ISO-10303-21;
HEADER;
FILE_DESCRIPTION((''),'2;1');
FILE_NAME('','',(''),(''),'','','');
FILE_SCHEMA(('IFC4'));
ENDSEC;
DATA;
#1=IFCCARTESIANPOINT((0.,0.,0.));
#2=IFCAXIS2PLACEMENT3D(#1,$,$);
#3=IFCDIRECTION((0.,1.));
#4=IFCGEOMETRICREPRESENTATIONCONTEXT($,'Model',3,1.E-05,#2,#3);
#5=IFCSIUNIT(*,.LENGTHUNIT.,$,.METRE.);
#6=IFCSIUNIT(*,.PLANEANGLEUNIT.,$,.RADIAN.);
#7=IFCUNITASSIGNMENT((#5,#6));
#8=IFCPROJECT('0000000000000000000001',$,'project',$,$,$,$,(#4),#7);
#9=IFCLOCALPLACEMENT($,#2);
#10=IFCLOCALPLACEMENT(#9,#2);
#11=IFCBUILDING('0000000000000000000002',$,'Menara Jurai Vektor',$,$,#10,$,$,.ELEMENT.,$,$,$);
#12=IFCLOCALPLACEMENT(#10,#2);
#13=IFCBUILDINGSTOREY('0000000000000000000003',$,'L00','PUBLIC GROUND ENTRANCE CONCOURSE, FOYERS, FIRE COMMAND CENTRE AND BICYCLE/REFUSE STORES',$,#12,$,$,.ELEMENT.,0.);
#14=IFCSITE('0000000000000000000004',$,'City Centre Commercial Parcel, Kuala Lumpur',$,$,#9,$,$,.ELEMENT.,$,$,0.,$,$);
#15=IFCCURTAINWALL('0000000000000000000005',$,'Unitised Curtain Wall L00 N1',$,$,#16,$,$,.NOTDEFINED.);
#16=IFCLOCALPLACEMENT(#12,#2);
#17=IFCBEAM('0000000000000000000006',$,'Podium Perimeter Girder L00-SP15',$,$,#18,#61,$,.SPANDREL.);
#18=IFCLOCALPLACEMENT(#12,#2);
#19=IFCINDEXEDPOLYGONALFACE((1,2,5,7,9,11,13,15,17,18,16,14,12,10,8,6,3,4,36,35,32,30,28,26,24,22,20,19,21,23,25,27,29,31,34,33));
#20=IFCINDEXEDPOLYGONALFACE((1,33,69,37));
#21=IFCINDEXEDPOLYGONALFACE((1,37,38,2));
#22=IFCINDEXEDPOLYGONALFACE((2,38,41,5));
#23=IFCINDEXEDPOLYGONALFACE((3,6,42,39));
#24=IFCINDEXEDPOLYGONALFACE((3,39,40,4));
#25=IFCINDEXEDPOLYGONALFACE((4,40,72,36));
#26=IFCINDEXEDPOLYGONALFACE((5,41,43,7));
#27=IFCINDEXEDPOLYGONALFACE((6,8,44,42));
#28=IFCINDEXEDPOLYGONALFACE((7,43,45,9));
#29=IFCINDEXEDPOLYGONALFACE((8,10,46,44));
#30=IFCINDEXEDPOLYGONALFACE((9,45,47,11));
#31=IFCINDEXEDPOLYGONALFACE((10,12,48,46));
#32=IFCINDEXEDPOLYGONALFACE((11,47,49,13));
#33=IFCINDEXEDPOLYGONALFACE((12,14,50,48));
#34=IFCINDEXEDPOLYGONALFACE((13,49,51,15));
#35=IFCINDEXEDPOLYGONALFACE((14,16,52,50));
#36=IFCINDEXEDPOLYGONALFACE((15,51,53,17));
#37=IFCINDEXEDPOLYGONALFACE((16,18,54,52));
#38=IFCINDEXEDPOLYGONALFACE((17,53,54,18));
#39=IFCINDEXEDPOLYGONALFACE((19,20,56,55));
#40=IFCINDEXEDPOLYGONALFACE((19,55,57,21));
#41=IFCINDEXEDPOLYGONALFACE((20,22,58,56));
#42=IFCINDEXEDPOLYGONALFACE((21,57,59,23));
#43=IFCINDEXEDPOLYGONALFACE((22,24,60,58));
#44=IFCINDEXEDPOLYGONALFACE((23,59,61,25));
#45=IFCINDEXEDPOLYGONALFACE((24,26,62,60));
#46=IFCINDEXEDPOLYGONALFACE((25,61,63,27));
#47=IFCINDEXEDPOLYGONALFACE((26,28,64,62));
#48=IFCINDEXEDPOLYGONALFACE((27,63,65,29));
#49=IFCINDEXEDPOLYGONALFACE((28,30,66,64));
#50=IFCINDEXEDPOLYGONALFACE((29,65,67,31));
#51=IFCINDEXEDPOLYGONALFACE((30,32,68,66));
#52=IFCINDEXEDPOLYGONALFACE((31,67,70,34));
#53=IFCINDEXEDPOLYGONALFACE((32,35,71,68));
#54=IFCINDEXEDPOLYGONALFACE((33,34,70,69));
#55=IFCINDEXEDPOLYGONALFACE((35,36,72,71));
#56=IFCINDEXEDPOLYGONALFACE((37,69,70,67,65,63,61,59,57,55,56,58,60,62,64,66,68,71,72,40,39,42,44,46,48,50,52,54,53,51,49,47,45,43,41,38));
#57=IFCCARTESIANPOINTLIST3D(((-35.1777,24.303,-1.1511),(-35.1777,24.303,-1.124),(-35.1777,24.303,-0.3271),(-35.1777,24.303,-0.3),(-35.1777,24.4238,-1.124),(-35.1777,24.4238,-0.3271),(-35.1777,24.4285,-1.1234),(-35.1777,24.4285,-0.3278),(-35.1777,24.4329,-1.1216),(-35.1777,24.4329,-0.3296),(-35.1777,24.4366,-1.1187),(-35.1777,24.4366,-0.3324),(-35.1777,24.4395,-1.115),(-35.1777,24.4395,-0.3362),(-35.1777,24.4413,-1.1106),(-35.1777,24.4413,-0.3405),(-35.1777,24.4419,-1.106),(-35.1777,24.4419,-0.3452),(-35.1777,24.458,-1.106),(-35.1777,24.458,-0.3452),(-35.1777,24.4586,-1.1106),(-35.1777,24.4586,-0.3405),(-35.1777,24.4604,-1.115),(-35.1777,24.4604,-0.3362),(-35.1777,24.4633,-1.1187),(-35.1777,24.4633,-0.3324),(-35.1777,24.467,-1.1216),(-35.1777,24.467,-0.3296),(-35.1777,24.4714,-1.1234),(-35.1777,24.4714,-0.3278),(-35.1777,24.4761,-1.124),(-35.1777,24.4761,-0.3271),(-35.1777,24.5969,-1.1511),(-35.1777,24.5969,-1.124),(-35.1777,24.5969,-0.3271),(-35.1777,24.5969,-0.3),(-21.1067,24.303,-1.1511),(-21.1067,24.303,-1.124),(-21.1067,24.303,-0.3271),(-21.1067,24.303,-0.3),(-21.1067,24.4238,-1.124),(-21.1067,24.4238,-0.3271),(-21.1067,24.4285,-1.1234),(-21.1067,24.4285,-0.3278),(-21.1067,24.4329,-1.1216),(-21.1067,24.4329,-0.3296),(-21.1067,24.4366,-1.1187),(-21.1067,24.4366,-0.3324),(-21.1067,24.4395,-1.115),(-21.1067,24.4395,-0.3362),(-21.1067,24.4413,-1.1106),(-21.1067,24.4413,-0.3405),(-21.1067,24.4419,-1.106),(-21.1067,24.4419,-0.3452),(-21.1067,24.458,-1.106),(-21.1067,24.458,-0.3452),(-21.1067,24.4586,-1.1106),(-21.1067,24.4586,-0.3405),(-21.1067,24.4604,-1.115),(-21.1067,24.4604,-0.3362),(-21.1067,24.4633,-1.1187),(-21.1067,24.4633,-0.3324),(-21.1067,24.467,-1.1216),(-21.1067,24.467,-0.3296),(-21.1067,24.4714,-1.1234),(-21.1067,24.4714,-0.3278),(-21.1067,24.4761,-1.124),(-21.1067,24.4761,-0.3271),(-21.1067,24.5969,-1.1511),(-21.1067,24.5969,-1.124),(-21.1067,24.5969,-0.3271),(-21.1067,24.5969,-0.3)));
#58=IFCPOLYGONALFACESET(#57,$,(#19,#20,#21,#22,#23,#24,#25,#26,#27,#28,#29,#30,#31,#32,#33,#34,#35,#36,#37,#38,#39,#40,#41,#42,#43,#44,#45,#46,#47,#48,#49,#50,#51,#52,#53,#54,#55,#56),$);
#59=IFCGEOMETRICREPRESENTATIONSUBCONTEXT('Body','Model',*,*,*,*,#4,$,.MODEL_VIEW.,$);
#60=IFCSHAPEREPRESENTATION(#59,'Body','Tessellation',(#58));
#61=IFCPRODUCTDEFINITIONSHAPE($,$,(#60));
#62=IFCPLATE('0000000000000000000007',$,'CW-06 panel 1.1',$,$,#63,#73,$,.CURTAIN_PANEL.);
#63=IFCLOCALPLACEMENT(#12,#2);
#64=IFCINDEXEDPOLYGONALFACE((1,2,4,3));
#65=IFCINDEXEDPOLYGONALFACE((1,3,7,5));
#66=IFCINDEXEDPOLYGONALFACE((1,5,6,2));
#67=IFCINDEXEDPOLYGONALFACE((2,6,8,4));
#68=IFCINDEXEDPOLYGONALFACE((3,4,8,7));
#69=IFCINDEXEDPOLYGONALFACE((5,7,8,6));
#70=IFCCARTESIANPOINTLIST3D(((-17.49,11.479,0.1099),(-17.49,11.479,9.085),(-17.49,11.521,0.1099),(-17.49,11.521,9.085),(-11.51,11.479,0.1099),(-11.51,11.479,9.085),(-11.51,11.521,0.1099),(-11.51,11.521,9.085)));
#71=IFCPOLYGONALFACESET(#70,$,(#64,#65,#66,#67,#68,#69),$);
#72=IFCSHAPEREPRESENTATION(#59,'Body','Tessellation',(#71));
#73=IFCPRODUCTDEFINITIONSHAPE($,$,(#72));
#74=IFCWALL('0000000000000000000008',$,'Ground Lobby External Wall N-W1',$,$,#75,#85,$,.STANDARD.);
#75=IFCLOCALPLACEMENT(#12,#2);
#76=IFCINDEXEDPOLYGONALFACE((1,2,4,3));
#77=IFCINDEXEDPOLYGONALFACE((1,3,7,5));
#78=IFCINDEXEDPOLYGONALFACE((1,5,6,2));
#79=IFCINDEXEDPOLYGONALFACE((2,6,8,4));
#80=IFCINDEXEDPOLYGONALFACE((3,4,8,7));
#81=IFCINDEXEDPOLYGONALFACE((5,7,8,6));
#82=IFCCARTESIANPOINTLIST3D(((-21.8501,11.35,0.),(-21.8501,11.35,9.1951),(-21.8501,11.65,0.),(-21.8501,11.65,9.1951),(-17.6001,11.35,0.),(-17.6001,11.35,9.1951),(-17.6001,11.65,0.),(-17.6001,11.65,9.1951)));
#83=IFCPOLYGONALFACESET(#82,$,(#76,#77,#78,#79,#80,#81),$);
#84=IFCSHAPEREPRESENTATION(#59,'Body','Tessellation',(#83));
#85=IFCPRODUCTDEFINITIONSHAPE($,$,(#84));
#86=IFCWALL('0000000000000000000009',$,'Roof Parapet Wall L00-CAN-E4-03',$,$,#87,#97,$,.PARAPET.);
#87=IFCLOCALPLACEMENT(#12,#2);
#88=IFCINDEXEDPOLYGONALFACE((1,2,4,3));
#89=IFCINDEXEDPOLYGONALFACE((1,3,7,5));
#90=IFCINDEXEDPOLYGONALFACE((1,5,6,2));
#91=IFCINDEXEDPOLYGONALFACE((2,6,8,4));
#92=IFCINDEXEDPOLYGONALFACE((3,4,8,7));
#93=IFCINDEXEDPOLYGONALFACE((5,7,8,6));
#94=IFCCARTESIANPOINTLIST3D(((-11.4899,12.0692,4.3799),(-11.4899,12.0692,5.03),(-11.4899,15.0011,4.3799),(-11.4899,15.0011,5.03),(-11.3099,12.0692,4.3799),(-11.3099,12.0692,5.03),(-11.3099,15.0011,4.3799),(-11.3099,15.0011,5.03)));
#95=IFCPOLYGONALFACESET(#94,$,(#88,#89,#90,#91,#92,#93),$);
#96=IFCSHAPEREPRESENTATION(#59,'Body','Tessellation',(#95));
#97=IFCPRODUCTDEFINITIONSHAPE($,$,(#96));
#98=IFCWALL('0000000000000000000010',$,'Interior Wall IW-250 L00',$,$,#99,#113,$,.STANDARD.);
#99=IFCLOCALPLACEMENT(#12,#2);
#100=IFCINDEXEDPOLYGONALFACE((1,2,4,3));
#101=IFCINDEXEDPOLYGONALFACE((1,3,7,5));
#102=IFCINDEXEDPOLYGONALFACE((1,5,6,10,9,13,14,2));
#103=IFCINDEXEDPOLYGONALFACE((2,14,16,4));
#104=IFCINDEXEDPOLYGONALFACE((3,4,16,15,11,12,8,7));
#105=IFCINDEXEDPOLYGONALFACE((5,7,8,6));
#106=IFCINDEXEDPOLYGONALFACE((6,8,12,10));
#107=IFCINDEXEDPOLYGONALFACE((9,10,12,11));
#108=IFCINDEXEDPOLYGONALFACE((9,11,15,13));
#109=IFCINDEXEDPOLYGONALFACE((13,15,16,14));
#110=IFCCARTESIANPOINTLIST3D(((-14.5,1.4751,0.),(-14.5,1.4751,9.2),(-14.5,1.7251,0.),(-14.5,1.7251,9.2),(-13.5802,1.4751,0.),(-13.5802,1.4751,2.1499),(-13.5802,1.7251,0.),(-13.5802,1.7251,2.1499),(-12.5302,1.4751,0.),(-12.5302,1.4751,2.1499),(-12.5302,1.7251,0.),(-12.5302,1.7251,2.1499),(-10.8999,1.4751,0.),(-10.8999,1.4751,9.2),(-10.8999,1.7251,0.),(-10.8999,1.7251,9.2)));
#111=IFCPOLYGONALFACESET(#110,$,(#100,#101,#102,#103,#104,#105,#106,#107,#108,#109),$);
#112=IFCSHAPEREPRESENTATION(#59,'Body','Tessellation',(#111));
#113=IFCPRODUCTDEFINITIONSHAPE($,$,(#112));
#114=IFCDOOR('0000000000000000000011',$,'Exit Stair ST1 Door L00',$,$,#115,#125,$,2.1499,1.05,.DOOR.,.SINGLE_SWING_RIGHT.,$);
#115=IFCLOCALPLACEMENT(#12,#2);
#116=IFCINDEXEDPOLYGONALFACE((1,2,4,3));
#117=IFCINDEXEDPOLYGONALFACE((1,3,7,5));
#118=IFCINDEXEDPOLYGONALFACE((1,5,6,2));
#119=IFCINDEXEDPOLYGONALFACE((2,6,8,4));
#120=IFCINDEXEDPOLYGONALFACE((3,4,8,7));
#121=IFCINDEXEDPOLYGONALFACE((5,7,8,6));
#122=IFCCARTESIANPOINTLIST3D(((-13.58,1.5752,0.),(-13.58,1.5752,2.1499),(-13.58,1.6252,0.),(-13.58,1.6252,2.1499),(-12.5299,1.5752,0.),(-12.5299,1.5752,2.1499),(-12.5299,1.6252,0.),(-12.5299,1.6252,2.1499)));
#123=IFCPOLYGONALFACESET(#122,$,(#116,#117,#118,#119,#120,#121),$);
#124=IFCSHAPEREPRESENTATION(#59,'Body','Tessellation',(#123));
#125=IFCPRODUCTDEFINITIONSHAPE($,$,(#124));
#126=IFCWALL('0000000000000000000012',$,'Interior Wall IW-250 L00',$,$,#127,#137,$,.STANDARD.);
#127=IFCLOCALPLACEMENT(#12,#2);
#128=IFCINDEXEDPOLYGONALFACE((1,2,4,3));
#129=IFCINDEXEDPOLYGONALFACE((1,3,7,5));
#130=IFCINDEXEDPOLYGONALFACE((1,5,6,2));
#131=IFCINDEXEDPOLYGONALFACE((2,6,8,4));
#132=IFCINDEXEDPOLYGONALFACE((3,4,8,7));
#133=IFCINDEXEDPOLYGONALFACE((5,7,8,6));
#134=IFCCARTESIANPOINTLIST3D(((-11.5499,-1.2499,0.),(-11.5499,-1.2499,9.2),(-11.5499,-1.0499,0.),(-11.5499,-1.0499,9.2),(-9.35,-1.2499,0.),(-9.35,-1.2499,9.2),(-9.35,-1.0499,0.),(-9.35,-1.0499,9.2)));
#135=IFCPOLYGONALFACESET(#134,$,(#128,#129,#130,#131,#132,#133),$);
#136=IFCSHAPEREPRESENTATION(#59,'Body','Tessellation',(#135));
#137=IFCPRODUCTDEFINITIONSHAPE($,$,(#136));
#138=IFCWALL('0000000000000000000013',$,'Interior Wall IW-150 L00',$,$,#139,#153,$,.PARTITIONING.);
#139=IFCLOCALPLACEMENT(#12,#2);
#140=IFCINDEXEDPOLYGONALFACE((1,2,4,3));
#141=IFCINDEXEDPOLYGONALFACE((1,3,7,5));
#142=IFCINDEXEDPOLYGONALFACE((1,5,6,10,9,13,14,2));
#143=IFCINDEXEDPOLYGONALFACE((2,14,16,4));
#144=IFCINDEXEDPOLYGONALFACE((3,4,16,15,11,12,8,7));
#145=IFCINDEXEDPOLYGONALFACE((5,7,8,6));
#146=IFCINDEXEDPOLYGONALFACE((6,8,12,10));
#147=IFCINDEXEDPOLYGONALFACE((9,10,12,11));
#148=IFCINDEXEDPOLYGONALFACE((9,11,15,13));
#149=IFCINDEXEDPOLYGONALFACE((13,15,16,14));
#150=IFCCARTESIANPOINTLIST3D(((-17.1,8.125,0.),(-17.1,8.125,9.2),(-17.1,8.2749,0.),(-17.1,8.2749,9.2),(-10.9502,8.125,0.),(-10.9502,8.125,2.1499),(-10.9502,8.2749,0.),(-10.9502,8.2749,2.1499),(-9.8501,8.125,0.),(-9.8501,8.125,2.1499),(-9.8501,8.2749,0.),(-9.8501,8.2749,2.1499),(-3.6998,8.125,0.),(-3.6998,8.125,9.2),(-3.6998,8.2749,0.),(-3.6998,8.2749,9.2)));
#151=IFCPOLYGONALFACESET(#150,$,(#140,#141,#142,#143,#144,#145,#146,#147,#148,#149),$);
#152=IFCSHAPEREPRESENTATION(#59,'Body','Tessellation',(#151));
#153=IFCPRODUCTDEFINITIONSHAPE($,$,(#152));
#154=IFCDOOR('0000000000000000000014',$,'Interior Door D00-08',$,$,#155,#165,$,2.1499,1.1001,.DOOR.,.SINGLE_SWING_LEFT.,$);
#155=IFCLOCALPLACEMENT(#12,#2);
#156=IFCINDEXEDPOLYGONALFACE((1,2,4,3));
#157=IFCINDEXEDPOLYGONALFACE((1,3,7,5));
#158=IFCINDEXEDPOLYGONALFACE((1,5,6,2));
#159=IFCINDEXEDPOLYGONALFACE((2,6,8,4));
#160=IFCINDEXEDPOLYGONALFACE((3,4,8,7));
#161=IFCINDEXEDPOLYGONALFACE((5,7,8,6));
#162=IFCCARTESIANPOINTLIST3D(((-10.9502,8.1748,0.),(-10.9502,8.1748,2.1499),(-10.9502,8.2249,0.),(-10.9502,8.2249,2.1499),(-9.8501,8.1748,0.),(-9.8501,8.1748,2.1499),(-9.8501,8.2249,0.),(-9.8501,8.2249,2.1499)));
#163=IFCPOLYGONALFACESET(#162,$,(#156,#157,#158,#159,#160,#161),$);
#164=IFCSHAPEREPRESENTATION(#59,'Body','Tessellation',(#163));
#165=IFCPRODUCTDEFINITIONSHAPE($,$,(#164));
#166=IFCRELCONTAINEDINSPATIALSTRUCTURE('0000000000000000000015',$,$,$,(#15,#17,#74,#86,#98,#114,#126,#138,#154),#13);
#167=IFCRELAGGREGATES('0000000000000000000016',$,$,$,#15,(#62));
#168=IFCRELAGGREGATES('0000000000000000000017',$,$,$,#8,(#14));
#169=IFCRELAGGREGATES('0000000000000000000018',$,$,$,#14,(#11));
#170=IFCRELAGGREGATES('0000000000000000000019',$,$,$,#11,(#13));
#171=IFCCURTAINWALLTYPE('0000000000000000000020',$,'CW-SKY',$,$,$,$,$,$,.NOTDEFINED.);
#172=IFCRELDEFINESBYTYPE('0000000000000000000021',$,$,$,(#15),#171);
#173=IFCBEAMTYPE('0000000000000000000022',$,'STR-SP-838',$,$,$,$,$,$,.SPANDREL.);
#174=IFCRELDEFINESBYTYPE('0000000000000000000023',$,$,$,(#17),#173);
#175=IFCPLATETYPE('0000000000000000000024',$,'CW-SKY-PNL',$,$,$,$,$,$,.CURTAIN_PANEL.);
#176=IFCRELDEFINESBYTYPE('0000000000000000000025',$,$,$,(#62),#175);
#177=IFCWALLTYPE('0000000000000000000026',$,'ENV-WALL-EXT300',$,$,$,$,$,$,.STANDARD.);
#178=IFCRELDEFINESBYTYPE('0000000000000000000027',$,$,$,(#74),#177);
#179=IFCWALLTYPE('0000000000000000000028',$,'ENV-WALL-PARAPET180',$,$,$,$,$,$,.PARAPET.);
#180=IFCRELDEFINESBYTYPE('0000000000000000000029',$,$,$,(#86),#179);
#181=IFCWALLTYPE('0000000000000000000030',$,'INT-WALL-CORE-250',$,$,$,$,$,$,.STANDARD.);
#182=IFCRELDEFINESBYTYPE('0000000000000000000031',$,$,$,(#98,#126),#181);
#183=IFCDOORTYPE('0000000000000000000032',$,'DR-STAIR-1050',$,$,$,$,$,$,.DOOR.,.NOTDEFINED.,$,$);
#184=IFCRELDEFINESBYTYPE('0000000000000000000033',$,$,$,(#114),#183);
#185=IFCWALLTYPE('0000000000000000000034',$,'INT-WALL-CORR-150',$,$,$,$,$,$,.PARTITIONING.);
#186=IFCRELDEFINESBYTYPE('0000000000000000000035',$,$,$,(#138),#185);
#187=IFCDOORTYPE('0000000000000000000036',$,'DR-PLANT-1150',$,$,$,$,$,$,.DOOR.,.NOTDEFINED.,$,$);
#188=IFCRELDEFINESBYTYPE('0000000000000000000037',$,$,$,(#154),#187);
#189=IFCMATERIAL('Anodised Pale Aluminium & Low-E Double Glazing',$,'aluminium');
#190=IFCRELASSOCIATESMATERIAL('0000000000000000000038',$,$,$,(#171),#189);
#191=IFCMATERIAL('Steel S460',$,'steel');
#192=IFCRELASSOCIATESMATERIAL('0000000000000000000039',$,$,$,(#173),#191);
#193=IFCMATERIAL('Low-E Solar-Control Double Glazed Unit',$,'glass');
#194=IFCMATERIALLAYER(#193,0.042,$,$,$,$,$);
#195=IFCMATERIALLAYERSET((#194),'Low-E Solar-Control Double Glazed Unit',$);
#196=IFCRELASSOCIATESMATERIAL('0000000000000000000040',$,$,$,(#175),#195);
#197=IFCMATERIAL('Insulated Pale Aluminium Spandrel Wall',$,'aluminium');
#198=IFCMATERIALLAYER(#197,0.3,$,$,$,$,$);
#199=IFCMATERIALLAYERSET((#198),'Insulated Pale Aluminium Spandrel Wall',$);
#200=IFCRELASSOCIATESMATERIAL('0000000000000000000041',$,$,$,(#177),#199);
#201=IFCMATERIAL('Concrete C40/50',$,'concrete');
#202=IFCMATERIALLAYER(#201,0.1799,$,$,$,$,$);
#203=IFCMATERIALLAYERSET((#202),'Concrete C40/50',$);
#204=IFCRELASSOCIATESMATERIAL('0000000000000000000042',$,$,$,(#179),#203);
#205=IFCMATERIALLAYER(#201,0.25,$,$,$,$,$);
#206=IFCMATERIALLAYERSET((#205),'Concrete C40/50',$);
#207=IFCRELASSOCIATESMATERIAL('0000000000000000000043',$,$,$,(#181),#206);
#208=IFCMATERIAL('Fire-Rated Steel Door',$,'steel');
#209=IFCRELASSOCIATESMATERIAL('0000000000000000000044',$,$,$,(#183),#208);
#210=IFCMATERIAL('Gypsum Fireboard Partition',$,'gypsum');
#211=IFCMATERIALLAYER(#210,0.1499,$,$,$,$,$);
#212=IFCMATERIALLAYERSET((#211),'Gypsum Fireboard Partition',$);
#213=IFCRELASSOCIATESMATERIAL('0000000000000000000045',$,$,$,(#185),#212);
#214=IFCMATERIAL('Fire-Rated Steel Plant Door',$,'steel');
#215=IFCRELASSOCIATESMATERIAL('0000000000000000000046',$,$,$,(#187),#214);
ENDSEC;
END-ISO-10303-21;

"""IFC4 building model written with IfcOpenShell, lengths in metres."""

from ifc_helpers import new_model, si_unit, direction, frame, frame_2d, origin, origin_2d, place, context, subcontext, project, spatial, rectangle, i_section, extrude, material, layer, layer_set, material_profile, profile_set, type_object, element, fill, aggregate, save


model = new_model("IFC4")

# Units and contexts
model_context = context("Model", 3, precision=1e-05, world=origin(), true_north=direction((0.0, 1.0)))
body_context = subcontext(model_context, "Body", "Model", "MODEL_VIEW")
ifc_project = project(units=[si_unit("LENGTHUNIT", "METRE"), si_unit("PLANEANGLEUNIT", "RADIAN")], contexts=[model_context])

# Site, building, storey
site_placement = place(None, origin())
site = spatial("IfcSite", under=ifc_project, at=site_placement, Name="City Centre Commercial Parcel, Kuala Lumpur", CompositionType="ELEMENT", RefElevation=0.0)
building_placement = place(site_placement, origin())
building = spatial("IfcBuilding", under=site, at=building_placement, Name="Menara Jurai Vektor", CompositionType="ELEMENT")
storey_placement = place(building_placement, origin())
storey = spatial("IfcBuildingStorey", under=building, at=storey_placement, Name="L00", Description="PUBLIC GROUND ENTRANCE CONCOURSE, FOYERS, FIRE COMMAND CENTRE AND BICYCLE/REFUSE STORES", CompositionType="ELEMENT", Elevation=0.0)

# Shared definitions
ifc_material_1 = material(Name="Steel S460", Category="steel")

# Curtain wall
ifc_material_2 = material(Name="Anodised Pale Aluminium & Low-E Double Glazing", Category="aluminium")
curtain_wall_type = type_object("IfcCurtainWallType", Name="CW-SKY", PredefinedType="NOTDEFINED", material=ifc_material_2)
curtain_wall_placement = place(storey_placement, origin())
curtain_wall = element("IfcCurtainWall", 1, at=curtain_wall_placement, inside=storey, type_object=curtain_wall_type, Name="Unitised Curtain Wall L00 N1", PredefinedType="NOTDEFINED")

# Beam
ifc_material_profile_1 = material_profile(ifc_material_1, i_section(OverallWidth=0.2939, OverallDepth=0.8511, WebThickness=0.0161, FlangeThickness=0.0271, FilletRadius=0.0181, at=origin_2d()), Name="UKB 838x292x226")
ifc_profile_set_1 = profile_set([ifc_material_profile_1], Name="Steel S460")
beam_type_1 = type_object("IfcBeamType", Name="STR-SP-838", PredefinedType="SPANDREL", material=ifc_profile_set_1)
beam_1_placement = place(storey_placement, frame((-21.1067, 24.45, -0.7256), z_axis=(-1.0, 0.0, 0.0), x_axis=(0.0, -1.0, 0.0)))
element("IfcBeam", 2, at=beam_1_placement, inside=storey, type_object=beam_type_1, Name="Podium Perimeter Girder L00-SP15", PredefinedType="SPANDREL", context=body_context, shape_type="SweptSolid", body=[
    extrude(i_section(OverallWidth=0.2939, OverallDepth=0.8511, WebThickness=0.0161, FlangeThickness=0.0271, FilletRadius=0.0181, at=origin_2d()), origin(), (0.0, 0.0, 1.0), 14.071),
])

# Plate
ifc_material_3 = material(Name="Low-E Solar-Control Double Glazed Unit", Category="glass")
ifc_layer_1 = layer(ifc_material_3, 0.042)
ifc_layer_set_1 = layer_set([ifc_layer_1], Name="Low-E Solar-Control Double Glazed Unit")
plate_type = type_object("IfcPlateType", Name="CW-SKY-PNL", PredefinedType="CURTAIN_PANEL", material=ifc_layer_set_1)
plate_placement = place(storey_placement, frame((-14.5, 11.5, 0.1099), z_axis=(0.0, 0.0, 1.0), x_axis=(1.0, 0.0, 0.0)))
plate = element("IfcPlate", 3, at=plate_placement, type_object=plate_type, Name="CW-06 panel 1.1", PredefinedType="CURTAIN_PANEL", context=body_context, shape_type="SweptSolid", body=[
    extrude(rectangle(XDim=5.98, YDim=0.042, at=origin_2d()), origin(), (0.0, 0.0, 1.0), 8.9751),
])
aggregate(curtain_wall, [plate])

# Wall
ifc_material_4 = material(Name="Insulated Pale Aluminium Spandrel Wall", Category="aluminium")
ifc_layer_2 = layer(ifc_material_4, 0.3)
ifc_layer_set_2 = layer_set([ifc_layer_2], Name="Insulated Pale Aluminium Spandrel Wall")
wall_type_1 = type_object("IfcWallType", Name="ENV-WALL-EXT300", PredefinedType="STANDARD", material=ifc_layer_set_2)
wall_1_placement = place(storey_placement, frame((-21.8501, 11.5, 0.0), z_axis=(0.0, 0.0, 1.0), x_axis=(1.0, 0.0, 0.0)))
element("IfcWall", 4, at=wall_1_placement, inside=storey, type_object=wall_type_1, Name="Ground Lobby External Wall N-W1", PredefinedType="STANDARD", context=body_context, shape_type="SweptSolid", body=[
    extrude(rectangle(XDim=4.25, YDim=0.3, at=frame_2d((2.125, 0.0))), origin(), (0.0, 0.0, 1.0), 9.1951),
])

# Wall
ifc_material_5 = material(Name="Concrete C40/50", Category="concrete")
ifc_layer_3 = layer(ifc_material_5, 0.1799)
ifc_layer_set_3 = layer_set([ifc_layer_3], Name="Concrete C40/50")
wall_type_2 = type_object("IfcWallType", Name="ENV-WALL-PARAPET180", PredefinedType="PARAPET", material=ifc_layer_set_3)
wall_2_placement = place(storey_placement, frame((-11.3999, 15.001, 4.3799), z_axis=(0.0, 0.0, 1.0), x_axis=(0.0, -1.0, 0.0)))
element("IfcWall", 5, at=wall_2_placement, inside=storey, type_object=wall_type_2, Name="Roof Parapet Wall L00-CAN-E4-03", PredefinedType="PARAPET", context=body_context, shape_type="SweptSolid", body=[
    extrude(rectangle(XDim=2.9319, YDim=0.1799, at=frame_2d((1.4658, 0.0))), origin(), (0.0, 0.0, 1.0), 0.6501),
])

# Wall, opening, door
ifc_layer_4 = layer(ifc_material_5, 0.25)
ifc_layer_set_4 = layer_set([ifc_layer_4], Name="Concrete C40/50")
wall_type_3 = type_object("IfcWallType", Name="INT-WALL-CORE-250", PredefinedType="STANDARD", material=ifc_layer_set_4)
wall_3_placement = place(storey_placement, frame((-14.5, 1.6001, 0.0), z_axis=(0.0, 0.0, 1.0), x_axis=(1.0, 0.0, 0.0)))
wall_3 = element("IfcWall", 6, at=wall_3_placement, inside=storey, type_object=wall_type_3, Name="Interior Wall IW-250 L00", PredefinedType="STANDARD", context=body_context, shape_type="SweptSolid", body=[
    extrude(rectangle(XDim=3.6001, YDim=0.25, at=frame_2d((1.8, 0.0))), origin(), (0.0, 0.0, 1.0), 9.2),
])
opening_1_placement = place(wall_3_placement, frame((0.9199, 0.0, 0.0)))
opening_1 = element("IfcOpeningElement", 7, at=opening_1_placement, cuts=wall_3, PredefinedType="OPENING", context=body_context, shape_type="SweptSolid", body=[
    extrude(rectangle(XDim=1.05, YDim=2.1499, at=frame_2d((0.5249, 1.075))), frame((0.0, 0.135, 0.0), z_axis=(0.0, -1.0, 0.0), x_axis=(1.0, 0.0, 0.0)), (0.0, 0.0, 1.0), 0.27),
])
ifc_material_6 = material(Name="Fire-Rated Steel Door", Category="steel")
door_type_1 = type_object("IfcDoorType", Name="DR-STAIR-1050", OperationType="NOTDEFINED", PredefinedType="DOOR", material=ifc_material_6)
door_1_placement = place(opening_1_placement, frame((1.05, 0.0, 0.0), z_axis=(0.0, 0.0, 1.0), x_axis=(-1.0, 0.0, 0.0)))
door_1 = element("IfcDoor", 8, at=door_1_placement, inside=storey, type_object=door_type_1, Name="Exit Stair ST1 Door L00", OperationType="SINGLE_SWING_RIGHT", OverallHeight=2.1499, OverallWidth=1.05, PredefinedType="DOOR", context=body_context, shape_type="SweptSolid", body=[
    extrude(rectangle(XDim=1.05, YDim=2.1499, at=frame_2d((0.5249, 1.075))), frame((0.0, 0.0249, 0.0), z_axis=(0.0, -1.0, 0.0), x_axis=(1.0, 0.0, 0.0)), (0.0, 0.0, 1.0), 0.05),
])
fill(opening_1, door_1)

# Wall
wall_4_placement = place(storey_placement, frame((-11.55, -1.1499, 0.0), z_axis=(0.0, 0.0, 1.0), x_axis=(1.0, 0.0, 0.0)))
element("IfcWall", 9, at=wall_4_placement, inside=storey, type_object=wall_type_3, Name="Interior Wall IW-250 L00", PredefinedType="STANDARD", context=body_context, shape_type="SweptSolid", body=[
    extrude(rectangle(XDim=2.2, YDim=0.2, at=frame_2d((1.1001, 0.0))), origin(), (0.0, 0.0, 1.0), 9.2),
])

# Wall, opening, door
ifc_material_7 = material(Name="Gypsum Fireboard Partition", Category="gypsum")
ifc_layer_5 = layer(ifc_material_7, 0.1499)
ifc_layer_set_5 = layer_set([ifc_layer_5], Name="Gypsum Fireboard Partition")
wall_type_4 = type_object("IfcWallType", Name="INT-WALL-CORR-150", PredefinedType="PARTITIONING", material=ifc_layer_set_5)
wall_5_placement = place(storey_placement, frame((-17.1001, 8.2, 0.0), z_axis=(0.0, 0.0, 1.0), x_axis=(1.0, 0.0, 0.0)))
wall_5 = element("IfcWall", 10, at=wall_5_placement, inside=storey, type_object=wall_type_4, Name="Interior Wall IW-150 L00", PredefinedType="PARTITIONING", context=body_context, shape_type="SweptSolid", body=[
    extrude(rectangle(XDim=13.4001, YDim=0.1499, at=frame_2d((6.7002, 0.0))), origin(), (0.0, 0.0, 1.0), 9.2),
])
opening_2_placement = place(wall_5_placement, frame((6.1499, 0.0, 0.0)))
opening_2 = element("IfcOpeningElement", 11, at=opening_2_placement, cuts=wall_5, PredefinedType="OPENING", context=body_context, shape_type="SweptSolid", body=[
    extrude(rectangle(XDim=1.1001, YDim=2.1499, at=frame_2d((0.55, 1.075))), frame((0.0, 0.085, 0.0), z_axis=(0.0, -1.0, 0.0), x_axis=(1.0, 0.0, 0.0)), (0.0, 0.0, 1.0), 0.1699),
])
ifc_material_8 = material(Name="Fire-Rated Steel Plant Door", Category="steel")
door_type_2 = type_object("IfcDoorType", Name="DR-PLANT-1150", OperationType="NOTDEFINED", PredefinedType="DOOR", material=ifc_material_8)
door_2_placement = place(opening_2_placement, origin())
door_2 = element("IfcDoor", 12, at=door_2_placement, inside=storey, type_object=door_type_2, Name="Interior Door D00-08", OperationType="SINGLE_SWING_LEFT", OverallHeight=2.1499, OverallWidth=1.1001, PredefinedType="DOOR", context=body_context, shape_type="SweptSolid", body=[
    extrude(rectangle(XDim=1.1001, YDim=2.1499, at=frame_2d((0.55, 1.075))), frame((0.0, 0.0249, 0.0), z_axis=(0.0, -1.0, 0.0), x_axis=(1.0, 0.0, 0.0)), (0.0, 0.0, 1.0), 0.05),
])
fill(opening_2, door_2)

save(model, "model.ifc")
